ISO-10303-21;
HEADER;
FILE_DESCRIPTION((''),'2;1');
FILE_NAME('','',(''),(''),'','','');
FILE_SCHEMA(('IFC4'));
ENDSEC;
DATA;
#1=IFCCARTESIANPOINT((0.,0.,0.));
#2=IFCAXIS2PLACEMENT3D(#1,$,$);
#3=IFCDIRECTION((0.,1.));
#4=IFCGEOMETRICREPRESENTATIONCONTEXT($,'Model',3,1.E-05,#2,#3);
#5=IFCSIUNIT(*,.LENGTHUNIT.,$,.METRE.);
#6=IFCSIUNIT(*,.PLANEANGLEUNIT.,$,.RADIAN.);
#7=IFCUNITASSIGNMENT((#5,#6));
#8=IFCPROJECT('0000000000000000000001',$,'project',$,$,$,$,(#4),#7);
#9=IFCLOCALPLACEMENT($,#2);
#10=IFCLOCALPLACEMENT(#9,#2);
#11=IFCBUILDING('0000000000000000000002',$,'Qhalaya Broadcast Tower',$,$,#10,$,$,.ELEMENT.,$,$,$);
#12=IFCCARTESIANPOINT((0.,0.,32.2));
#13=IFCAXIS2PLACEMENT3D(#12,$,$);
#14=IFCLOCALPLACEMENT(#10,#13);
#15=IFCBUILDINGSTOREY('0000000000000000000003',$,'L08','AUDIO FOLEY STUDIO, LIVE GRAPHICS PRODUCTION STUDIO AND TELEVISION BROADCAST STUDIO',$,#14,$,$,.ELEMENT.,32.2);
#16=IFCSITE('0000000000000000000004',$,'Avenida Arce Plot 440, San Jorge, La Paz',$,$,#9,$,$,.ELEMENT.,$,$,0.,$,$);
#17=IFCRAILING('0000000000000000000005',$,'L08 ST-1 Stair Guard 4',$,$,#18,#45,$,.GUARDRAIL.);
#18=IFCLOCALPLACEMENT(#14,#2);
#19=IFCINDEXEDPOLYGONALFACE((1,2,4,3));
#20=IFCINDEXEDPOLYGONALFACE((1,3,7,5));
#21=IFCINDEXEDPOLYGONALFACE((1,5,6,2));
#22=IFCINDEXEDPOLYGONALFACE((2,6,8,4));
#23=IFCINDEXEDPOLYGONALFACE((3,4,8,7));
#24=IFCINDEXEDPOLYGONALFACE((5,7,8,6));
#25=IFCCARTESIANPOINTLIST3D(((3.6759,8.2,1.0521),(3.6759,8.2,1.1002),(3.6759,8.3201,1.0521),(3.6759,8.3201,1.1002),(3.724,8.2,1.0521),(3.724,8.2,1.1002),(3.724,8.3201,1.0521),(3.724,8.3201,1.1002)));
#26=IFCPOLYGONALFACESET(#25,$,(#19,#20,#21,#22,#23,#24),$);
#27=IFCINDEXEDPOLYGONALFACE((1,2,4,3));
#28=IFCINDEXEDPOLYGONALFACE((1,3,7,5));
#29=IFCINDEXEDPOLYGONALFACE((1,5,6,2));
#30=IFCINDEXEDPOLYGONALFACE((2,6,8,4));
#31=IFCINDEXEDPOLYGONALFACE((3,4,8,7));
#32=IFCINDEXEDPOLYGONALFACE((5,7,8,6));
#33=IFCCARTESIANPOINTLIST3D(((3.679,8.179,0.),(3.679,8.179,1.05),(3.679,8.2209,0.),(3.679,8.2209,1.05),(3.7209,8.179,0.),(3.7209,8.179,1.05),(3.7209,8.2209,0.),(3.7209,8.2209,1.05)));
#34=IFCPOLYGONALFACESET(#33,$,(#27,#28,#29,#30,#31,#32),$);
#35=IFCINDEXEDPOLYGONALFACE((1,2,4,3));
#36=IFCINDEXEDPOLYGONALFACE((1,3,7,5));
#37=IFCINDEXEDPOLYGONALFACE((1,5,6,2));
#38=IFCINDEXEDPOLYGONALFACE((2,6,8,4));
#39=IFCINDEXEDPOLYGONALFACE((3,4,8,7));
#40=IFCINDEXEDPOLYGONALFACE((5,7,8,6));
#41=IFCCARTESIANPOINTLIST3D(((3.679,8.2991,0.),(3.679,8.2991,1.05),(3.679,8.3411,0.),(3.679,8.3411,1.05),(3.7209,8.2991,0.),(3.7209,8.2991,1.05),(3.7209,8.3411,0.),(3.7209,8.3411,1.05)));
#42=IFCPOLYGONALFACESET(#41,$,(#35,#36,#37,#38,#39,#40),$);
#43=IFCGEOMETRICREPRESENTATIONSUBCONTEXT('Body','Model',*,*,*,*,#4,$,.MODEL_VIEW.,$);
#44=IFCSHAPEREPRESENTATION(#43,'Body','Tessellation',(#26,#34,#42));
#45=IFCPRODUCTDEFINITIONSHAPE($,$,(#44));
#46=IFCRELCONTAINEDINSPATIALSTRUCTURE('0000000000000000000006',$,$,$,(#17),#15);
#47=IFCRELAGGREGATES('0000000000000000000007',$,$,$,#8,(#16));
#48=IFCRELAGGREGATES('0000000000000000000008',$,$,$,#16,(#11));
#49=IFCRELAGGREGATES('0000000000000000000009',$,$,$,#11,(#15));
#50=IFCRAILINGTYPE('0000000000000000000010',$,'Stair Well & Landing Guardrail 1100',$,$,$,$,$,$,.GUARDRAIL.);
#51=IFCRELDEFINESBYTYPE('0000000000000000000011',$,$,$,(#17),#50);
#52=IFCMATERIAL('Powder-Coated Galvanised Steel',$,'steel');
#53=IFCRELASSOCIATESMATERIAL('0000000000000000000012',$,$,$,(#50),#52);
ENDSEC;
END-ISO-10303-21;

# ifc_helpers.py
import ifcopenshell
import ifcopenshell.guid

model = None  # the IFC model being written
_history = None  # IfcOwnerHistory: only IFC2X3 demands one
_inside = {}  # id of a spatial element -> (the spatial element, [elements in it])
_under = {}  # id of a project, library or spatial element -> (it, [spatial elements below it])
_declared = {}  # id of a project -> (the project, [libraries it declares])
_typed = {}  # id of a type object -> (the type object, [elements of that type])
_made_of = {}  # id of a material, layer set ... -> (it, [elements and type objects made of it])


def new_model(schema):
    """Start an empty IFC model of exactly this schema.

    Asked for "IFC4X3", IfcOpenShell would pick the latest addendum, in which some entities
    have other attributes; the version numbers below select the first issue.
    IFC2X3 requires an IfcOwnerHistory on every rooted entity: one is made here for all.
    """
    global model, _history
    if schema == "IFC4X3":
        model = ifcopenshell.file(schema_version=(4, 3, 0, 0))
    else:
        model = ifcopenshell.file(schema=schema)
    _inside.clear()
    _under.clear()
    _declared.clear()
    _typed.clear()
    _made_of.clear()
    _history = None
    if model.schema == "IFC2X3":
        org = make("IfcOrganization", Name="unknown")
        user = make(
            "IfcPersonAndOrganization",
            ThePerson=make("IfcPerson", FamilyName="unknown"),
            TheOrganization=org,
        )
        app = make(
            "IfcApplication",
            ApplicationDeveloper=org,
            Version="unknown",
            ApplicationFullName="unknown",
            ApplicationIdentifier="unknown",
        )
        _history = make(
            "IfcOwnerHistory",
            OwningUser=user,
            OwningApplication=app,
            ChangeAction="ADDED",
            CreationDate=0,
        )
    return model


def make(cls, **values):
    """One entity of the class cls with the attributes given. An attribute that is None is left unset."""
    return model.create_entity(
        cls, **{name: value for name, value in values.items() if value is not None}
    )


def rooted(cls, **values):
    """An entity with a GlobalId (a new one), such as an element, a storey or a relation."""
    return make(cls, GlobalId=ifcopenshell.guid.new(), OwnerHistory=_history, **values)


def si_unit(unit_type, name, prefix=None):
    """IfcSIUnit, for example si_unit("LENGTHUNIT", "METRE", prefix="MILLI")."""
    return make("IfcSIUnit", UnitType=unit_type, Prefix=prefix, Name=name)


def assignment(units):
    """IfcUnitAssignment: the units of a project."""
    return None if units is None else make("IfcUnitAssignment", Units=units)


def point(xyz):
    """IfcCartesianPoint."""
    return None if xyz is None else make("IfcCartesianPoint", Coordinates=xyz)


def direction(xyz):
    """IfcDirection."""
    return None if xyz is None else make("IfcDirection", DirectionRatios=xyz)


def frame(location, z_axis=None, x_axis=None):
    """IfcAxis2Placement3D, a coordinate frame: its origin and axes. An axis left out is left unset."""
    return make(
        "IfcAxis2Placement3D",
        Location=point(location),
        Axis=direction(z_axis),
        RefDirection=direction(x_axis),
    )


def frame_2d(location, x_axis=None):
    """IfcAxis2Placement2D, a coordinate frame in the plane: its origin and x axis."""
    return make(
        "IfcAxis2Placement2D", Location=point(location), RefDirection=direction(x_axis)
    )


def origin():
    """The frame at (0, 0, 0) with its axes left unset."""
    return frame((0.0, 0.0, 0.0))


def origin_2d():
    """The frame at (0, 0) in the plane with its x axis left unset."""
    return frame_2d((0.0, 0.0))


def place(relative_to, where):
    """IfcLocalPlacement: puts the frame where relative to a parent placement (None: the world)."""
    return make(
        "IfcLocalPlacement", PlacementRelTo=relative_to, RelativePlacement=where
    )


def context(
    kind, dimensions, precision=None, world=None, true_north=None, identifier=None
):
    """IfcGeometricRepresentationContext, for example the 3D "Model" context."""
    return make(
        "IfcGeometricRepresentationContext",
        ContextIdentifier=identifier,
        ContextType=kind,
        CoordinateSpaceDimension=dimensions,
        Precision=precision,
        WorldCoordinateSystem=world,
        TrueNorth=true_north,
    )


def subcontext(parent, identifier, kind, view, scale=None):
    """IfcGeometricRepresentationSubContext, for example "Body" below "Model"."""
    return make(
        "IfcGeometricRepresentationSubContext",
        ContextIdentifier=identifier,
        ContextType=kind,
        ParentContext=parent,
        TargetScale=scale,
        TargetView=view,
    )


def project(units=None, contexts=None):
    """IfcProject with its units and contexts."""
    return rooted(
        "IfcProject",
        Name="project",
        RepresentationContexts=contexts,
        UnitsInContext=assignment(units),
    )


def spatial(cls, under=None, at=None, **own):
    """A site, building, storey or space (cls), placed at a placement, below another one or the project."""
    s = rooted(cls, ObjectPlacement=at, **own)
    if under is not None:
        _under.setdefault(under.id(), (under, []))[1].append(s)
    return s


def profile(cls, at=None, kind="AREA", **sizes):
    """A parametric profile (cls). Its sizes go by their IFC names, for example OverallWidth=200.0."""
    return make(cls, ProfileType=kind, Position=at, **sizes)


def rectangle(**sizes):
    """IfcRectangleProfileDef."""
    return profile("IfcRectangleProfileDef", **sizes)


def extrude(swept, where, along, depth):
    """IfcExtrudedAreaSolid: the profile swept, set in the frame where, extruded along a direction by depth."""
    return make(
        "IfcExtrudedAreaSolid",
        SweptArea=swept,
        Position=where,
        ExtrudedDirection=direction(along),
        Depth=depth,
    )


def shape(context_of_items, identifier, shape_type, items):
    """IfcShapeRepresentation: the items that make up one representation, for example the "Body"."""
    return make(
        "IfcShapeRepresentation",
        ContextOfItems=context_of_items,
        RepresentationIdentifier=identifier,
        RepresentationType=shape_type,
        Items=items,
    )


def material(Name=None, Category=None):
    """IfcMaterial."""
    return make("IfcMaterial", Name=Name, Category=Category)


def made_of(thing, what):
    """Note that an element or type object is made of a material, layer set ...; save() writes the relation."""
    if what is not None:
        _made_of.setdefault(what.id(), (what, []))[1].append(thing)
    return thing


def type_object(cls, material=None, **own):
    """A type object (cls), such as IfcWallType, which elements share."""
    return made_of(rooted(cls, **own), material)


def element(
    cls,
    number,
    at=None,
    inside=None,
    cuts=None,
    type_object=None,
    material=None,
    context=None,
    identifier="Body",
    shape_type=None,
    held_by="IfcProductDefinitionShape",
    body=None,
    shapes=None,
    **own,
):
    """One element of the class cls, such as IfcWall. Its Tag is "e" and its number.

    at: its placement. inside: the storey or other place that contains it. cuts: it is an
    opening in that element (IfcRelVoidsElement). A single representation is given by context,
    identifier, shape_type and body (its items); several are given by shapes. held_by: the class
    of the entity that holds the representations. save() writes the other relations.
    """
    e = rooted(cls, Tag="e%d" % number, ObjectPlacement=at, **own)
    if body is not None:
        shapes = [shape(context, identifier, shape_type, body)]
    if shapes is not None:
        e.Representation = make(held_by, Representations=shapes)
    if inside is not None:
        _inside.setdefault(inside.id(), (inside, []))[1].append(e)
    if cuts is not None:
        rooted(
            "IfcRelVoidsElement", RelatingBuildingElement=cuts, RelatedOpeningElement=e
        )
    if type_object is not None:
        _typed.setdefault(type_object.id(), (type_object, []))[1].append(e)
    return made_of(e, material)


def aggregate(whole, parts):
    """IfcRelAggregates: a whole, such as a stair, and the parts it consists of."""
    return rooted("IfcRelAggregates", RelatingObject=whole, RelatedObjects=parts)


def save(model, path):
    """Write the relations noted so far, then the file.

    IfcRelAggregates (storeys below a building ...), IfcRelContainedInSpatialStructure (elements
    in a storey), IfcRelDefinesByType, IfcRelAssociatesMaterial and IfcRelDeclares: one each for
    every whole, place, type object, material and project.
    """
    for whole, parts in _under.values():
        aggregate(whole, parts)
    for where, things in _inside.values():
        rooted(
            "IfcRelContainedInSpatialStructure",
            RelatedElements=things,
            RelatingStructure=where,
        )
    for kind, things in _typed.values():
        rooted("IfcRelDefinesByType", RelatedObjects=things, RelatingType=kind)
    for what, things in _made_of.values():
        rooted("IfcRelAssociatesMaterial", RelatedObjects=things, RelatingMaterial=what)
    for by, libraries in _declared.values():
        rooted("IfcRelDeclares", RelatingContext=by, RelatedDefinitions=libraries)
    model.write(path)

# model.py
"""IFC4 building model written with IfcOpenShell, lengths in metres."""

from ifc_helpers import new_model, si_unit, direction, frame, origin, origin_2d, place, context, subcontext, project, spatial, rectangle, extrude, material, type_object, element, save


model = new_model("IFC4")

# Units and contexts
model_context = context("Model", 3, precision=1e-05, world=origin(), true_north=direction((0.0, 1.0)))
body_context = subcontext(model_context, "Body", "Model", "MODEL_VIEW")
ifc_project = project(units=[si_unit("LENGTHUNIT", "METRE"), si_unit("PLANEANGLEUNIT", "RADIAN")], contexts=[model_context])

# Site, building, storey
site_placement = place(None, origin())
site = spatial("IfcSite", under=ifc_project, at=site_placement, Name="Avenida Arce Plot 440, San Jorge, La Paz", CompositionType="ELEMENT", RefElevation=0.0)
building_placement = place(site_placement, origin())
building = spatial("IfcBuilding", under=site, at=building_placement, Name="Qhalaya Broadcast Tower", CompositionType="ELEMENT")
storey_placement = place(building_placement, frame((0.0, 0.0, 32.2)))
storey = spatial("IfcBuildingStorey", under=building, at=storey_placement, Name="L08", Description="AUDIO FOLEY STUDIO, LIVE GRAPHICS PRODUCTION STUDIO AND TELEVISION BROADCAST STUDIO", CompositionType="ELEMENT", Elevation=32.2)

# Railing
ifc_material_1 = material(Name="Powder-Coated Galvanised Steel", Category="steel")
railing_type_1 = type_object("IfcRailingType", Name="Stair Well & Landing Guardrail 1100", PredefinedType="GUARDRAIL", material=ifc_material_1)
railing_1_placement = place(storey_placement, frame((3.7, 8.2, 0.0)))
element("IfcRailing", 1, at=railing_1_placement, inside=storey, type_object=railing_type_1, Name="L08 ST-1 Stair Guard 4", PredefinedType="GUARDRAIL", context=body_context, shape_type="SweptSolid", body=[
    extrude(rectangle(XDim=0.0481, YDim=0.0481, at=origin_2d()), frame((0.0, 0.0, 1.0762), z_axis=(0.0, 1.0, 0.0), x_axis=(-1.0, 0.0, 0.0)), (0.0, 0.0, 1.0), 0.1201),
    extrude(rectangle(XDim=0.042, YDim=0.042, at=origin_2d()), origin(), (0.0, 0.0, 1.0), 1.05),
    extrude(rectangle(XDim=0.042, YDim=0.042, at=origin_2d()), frame((0.0, 0.1201, 0.0)), (0.0, 0.0, 1.0), 1.05),
])

save(model, "model.ifc")
